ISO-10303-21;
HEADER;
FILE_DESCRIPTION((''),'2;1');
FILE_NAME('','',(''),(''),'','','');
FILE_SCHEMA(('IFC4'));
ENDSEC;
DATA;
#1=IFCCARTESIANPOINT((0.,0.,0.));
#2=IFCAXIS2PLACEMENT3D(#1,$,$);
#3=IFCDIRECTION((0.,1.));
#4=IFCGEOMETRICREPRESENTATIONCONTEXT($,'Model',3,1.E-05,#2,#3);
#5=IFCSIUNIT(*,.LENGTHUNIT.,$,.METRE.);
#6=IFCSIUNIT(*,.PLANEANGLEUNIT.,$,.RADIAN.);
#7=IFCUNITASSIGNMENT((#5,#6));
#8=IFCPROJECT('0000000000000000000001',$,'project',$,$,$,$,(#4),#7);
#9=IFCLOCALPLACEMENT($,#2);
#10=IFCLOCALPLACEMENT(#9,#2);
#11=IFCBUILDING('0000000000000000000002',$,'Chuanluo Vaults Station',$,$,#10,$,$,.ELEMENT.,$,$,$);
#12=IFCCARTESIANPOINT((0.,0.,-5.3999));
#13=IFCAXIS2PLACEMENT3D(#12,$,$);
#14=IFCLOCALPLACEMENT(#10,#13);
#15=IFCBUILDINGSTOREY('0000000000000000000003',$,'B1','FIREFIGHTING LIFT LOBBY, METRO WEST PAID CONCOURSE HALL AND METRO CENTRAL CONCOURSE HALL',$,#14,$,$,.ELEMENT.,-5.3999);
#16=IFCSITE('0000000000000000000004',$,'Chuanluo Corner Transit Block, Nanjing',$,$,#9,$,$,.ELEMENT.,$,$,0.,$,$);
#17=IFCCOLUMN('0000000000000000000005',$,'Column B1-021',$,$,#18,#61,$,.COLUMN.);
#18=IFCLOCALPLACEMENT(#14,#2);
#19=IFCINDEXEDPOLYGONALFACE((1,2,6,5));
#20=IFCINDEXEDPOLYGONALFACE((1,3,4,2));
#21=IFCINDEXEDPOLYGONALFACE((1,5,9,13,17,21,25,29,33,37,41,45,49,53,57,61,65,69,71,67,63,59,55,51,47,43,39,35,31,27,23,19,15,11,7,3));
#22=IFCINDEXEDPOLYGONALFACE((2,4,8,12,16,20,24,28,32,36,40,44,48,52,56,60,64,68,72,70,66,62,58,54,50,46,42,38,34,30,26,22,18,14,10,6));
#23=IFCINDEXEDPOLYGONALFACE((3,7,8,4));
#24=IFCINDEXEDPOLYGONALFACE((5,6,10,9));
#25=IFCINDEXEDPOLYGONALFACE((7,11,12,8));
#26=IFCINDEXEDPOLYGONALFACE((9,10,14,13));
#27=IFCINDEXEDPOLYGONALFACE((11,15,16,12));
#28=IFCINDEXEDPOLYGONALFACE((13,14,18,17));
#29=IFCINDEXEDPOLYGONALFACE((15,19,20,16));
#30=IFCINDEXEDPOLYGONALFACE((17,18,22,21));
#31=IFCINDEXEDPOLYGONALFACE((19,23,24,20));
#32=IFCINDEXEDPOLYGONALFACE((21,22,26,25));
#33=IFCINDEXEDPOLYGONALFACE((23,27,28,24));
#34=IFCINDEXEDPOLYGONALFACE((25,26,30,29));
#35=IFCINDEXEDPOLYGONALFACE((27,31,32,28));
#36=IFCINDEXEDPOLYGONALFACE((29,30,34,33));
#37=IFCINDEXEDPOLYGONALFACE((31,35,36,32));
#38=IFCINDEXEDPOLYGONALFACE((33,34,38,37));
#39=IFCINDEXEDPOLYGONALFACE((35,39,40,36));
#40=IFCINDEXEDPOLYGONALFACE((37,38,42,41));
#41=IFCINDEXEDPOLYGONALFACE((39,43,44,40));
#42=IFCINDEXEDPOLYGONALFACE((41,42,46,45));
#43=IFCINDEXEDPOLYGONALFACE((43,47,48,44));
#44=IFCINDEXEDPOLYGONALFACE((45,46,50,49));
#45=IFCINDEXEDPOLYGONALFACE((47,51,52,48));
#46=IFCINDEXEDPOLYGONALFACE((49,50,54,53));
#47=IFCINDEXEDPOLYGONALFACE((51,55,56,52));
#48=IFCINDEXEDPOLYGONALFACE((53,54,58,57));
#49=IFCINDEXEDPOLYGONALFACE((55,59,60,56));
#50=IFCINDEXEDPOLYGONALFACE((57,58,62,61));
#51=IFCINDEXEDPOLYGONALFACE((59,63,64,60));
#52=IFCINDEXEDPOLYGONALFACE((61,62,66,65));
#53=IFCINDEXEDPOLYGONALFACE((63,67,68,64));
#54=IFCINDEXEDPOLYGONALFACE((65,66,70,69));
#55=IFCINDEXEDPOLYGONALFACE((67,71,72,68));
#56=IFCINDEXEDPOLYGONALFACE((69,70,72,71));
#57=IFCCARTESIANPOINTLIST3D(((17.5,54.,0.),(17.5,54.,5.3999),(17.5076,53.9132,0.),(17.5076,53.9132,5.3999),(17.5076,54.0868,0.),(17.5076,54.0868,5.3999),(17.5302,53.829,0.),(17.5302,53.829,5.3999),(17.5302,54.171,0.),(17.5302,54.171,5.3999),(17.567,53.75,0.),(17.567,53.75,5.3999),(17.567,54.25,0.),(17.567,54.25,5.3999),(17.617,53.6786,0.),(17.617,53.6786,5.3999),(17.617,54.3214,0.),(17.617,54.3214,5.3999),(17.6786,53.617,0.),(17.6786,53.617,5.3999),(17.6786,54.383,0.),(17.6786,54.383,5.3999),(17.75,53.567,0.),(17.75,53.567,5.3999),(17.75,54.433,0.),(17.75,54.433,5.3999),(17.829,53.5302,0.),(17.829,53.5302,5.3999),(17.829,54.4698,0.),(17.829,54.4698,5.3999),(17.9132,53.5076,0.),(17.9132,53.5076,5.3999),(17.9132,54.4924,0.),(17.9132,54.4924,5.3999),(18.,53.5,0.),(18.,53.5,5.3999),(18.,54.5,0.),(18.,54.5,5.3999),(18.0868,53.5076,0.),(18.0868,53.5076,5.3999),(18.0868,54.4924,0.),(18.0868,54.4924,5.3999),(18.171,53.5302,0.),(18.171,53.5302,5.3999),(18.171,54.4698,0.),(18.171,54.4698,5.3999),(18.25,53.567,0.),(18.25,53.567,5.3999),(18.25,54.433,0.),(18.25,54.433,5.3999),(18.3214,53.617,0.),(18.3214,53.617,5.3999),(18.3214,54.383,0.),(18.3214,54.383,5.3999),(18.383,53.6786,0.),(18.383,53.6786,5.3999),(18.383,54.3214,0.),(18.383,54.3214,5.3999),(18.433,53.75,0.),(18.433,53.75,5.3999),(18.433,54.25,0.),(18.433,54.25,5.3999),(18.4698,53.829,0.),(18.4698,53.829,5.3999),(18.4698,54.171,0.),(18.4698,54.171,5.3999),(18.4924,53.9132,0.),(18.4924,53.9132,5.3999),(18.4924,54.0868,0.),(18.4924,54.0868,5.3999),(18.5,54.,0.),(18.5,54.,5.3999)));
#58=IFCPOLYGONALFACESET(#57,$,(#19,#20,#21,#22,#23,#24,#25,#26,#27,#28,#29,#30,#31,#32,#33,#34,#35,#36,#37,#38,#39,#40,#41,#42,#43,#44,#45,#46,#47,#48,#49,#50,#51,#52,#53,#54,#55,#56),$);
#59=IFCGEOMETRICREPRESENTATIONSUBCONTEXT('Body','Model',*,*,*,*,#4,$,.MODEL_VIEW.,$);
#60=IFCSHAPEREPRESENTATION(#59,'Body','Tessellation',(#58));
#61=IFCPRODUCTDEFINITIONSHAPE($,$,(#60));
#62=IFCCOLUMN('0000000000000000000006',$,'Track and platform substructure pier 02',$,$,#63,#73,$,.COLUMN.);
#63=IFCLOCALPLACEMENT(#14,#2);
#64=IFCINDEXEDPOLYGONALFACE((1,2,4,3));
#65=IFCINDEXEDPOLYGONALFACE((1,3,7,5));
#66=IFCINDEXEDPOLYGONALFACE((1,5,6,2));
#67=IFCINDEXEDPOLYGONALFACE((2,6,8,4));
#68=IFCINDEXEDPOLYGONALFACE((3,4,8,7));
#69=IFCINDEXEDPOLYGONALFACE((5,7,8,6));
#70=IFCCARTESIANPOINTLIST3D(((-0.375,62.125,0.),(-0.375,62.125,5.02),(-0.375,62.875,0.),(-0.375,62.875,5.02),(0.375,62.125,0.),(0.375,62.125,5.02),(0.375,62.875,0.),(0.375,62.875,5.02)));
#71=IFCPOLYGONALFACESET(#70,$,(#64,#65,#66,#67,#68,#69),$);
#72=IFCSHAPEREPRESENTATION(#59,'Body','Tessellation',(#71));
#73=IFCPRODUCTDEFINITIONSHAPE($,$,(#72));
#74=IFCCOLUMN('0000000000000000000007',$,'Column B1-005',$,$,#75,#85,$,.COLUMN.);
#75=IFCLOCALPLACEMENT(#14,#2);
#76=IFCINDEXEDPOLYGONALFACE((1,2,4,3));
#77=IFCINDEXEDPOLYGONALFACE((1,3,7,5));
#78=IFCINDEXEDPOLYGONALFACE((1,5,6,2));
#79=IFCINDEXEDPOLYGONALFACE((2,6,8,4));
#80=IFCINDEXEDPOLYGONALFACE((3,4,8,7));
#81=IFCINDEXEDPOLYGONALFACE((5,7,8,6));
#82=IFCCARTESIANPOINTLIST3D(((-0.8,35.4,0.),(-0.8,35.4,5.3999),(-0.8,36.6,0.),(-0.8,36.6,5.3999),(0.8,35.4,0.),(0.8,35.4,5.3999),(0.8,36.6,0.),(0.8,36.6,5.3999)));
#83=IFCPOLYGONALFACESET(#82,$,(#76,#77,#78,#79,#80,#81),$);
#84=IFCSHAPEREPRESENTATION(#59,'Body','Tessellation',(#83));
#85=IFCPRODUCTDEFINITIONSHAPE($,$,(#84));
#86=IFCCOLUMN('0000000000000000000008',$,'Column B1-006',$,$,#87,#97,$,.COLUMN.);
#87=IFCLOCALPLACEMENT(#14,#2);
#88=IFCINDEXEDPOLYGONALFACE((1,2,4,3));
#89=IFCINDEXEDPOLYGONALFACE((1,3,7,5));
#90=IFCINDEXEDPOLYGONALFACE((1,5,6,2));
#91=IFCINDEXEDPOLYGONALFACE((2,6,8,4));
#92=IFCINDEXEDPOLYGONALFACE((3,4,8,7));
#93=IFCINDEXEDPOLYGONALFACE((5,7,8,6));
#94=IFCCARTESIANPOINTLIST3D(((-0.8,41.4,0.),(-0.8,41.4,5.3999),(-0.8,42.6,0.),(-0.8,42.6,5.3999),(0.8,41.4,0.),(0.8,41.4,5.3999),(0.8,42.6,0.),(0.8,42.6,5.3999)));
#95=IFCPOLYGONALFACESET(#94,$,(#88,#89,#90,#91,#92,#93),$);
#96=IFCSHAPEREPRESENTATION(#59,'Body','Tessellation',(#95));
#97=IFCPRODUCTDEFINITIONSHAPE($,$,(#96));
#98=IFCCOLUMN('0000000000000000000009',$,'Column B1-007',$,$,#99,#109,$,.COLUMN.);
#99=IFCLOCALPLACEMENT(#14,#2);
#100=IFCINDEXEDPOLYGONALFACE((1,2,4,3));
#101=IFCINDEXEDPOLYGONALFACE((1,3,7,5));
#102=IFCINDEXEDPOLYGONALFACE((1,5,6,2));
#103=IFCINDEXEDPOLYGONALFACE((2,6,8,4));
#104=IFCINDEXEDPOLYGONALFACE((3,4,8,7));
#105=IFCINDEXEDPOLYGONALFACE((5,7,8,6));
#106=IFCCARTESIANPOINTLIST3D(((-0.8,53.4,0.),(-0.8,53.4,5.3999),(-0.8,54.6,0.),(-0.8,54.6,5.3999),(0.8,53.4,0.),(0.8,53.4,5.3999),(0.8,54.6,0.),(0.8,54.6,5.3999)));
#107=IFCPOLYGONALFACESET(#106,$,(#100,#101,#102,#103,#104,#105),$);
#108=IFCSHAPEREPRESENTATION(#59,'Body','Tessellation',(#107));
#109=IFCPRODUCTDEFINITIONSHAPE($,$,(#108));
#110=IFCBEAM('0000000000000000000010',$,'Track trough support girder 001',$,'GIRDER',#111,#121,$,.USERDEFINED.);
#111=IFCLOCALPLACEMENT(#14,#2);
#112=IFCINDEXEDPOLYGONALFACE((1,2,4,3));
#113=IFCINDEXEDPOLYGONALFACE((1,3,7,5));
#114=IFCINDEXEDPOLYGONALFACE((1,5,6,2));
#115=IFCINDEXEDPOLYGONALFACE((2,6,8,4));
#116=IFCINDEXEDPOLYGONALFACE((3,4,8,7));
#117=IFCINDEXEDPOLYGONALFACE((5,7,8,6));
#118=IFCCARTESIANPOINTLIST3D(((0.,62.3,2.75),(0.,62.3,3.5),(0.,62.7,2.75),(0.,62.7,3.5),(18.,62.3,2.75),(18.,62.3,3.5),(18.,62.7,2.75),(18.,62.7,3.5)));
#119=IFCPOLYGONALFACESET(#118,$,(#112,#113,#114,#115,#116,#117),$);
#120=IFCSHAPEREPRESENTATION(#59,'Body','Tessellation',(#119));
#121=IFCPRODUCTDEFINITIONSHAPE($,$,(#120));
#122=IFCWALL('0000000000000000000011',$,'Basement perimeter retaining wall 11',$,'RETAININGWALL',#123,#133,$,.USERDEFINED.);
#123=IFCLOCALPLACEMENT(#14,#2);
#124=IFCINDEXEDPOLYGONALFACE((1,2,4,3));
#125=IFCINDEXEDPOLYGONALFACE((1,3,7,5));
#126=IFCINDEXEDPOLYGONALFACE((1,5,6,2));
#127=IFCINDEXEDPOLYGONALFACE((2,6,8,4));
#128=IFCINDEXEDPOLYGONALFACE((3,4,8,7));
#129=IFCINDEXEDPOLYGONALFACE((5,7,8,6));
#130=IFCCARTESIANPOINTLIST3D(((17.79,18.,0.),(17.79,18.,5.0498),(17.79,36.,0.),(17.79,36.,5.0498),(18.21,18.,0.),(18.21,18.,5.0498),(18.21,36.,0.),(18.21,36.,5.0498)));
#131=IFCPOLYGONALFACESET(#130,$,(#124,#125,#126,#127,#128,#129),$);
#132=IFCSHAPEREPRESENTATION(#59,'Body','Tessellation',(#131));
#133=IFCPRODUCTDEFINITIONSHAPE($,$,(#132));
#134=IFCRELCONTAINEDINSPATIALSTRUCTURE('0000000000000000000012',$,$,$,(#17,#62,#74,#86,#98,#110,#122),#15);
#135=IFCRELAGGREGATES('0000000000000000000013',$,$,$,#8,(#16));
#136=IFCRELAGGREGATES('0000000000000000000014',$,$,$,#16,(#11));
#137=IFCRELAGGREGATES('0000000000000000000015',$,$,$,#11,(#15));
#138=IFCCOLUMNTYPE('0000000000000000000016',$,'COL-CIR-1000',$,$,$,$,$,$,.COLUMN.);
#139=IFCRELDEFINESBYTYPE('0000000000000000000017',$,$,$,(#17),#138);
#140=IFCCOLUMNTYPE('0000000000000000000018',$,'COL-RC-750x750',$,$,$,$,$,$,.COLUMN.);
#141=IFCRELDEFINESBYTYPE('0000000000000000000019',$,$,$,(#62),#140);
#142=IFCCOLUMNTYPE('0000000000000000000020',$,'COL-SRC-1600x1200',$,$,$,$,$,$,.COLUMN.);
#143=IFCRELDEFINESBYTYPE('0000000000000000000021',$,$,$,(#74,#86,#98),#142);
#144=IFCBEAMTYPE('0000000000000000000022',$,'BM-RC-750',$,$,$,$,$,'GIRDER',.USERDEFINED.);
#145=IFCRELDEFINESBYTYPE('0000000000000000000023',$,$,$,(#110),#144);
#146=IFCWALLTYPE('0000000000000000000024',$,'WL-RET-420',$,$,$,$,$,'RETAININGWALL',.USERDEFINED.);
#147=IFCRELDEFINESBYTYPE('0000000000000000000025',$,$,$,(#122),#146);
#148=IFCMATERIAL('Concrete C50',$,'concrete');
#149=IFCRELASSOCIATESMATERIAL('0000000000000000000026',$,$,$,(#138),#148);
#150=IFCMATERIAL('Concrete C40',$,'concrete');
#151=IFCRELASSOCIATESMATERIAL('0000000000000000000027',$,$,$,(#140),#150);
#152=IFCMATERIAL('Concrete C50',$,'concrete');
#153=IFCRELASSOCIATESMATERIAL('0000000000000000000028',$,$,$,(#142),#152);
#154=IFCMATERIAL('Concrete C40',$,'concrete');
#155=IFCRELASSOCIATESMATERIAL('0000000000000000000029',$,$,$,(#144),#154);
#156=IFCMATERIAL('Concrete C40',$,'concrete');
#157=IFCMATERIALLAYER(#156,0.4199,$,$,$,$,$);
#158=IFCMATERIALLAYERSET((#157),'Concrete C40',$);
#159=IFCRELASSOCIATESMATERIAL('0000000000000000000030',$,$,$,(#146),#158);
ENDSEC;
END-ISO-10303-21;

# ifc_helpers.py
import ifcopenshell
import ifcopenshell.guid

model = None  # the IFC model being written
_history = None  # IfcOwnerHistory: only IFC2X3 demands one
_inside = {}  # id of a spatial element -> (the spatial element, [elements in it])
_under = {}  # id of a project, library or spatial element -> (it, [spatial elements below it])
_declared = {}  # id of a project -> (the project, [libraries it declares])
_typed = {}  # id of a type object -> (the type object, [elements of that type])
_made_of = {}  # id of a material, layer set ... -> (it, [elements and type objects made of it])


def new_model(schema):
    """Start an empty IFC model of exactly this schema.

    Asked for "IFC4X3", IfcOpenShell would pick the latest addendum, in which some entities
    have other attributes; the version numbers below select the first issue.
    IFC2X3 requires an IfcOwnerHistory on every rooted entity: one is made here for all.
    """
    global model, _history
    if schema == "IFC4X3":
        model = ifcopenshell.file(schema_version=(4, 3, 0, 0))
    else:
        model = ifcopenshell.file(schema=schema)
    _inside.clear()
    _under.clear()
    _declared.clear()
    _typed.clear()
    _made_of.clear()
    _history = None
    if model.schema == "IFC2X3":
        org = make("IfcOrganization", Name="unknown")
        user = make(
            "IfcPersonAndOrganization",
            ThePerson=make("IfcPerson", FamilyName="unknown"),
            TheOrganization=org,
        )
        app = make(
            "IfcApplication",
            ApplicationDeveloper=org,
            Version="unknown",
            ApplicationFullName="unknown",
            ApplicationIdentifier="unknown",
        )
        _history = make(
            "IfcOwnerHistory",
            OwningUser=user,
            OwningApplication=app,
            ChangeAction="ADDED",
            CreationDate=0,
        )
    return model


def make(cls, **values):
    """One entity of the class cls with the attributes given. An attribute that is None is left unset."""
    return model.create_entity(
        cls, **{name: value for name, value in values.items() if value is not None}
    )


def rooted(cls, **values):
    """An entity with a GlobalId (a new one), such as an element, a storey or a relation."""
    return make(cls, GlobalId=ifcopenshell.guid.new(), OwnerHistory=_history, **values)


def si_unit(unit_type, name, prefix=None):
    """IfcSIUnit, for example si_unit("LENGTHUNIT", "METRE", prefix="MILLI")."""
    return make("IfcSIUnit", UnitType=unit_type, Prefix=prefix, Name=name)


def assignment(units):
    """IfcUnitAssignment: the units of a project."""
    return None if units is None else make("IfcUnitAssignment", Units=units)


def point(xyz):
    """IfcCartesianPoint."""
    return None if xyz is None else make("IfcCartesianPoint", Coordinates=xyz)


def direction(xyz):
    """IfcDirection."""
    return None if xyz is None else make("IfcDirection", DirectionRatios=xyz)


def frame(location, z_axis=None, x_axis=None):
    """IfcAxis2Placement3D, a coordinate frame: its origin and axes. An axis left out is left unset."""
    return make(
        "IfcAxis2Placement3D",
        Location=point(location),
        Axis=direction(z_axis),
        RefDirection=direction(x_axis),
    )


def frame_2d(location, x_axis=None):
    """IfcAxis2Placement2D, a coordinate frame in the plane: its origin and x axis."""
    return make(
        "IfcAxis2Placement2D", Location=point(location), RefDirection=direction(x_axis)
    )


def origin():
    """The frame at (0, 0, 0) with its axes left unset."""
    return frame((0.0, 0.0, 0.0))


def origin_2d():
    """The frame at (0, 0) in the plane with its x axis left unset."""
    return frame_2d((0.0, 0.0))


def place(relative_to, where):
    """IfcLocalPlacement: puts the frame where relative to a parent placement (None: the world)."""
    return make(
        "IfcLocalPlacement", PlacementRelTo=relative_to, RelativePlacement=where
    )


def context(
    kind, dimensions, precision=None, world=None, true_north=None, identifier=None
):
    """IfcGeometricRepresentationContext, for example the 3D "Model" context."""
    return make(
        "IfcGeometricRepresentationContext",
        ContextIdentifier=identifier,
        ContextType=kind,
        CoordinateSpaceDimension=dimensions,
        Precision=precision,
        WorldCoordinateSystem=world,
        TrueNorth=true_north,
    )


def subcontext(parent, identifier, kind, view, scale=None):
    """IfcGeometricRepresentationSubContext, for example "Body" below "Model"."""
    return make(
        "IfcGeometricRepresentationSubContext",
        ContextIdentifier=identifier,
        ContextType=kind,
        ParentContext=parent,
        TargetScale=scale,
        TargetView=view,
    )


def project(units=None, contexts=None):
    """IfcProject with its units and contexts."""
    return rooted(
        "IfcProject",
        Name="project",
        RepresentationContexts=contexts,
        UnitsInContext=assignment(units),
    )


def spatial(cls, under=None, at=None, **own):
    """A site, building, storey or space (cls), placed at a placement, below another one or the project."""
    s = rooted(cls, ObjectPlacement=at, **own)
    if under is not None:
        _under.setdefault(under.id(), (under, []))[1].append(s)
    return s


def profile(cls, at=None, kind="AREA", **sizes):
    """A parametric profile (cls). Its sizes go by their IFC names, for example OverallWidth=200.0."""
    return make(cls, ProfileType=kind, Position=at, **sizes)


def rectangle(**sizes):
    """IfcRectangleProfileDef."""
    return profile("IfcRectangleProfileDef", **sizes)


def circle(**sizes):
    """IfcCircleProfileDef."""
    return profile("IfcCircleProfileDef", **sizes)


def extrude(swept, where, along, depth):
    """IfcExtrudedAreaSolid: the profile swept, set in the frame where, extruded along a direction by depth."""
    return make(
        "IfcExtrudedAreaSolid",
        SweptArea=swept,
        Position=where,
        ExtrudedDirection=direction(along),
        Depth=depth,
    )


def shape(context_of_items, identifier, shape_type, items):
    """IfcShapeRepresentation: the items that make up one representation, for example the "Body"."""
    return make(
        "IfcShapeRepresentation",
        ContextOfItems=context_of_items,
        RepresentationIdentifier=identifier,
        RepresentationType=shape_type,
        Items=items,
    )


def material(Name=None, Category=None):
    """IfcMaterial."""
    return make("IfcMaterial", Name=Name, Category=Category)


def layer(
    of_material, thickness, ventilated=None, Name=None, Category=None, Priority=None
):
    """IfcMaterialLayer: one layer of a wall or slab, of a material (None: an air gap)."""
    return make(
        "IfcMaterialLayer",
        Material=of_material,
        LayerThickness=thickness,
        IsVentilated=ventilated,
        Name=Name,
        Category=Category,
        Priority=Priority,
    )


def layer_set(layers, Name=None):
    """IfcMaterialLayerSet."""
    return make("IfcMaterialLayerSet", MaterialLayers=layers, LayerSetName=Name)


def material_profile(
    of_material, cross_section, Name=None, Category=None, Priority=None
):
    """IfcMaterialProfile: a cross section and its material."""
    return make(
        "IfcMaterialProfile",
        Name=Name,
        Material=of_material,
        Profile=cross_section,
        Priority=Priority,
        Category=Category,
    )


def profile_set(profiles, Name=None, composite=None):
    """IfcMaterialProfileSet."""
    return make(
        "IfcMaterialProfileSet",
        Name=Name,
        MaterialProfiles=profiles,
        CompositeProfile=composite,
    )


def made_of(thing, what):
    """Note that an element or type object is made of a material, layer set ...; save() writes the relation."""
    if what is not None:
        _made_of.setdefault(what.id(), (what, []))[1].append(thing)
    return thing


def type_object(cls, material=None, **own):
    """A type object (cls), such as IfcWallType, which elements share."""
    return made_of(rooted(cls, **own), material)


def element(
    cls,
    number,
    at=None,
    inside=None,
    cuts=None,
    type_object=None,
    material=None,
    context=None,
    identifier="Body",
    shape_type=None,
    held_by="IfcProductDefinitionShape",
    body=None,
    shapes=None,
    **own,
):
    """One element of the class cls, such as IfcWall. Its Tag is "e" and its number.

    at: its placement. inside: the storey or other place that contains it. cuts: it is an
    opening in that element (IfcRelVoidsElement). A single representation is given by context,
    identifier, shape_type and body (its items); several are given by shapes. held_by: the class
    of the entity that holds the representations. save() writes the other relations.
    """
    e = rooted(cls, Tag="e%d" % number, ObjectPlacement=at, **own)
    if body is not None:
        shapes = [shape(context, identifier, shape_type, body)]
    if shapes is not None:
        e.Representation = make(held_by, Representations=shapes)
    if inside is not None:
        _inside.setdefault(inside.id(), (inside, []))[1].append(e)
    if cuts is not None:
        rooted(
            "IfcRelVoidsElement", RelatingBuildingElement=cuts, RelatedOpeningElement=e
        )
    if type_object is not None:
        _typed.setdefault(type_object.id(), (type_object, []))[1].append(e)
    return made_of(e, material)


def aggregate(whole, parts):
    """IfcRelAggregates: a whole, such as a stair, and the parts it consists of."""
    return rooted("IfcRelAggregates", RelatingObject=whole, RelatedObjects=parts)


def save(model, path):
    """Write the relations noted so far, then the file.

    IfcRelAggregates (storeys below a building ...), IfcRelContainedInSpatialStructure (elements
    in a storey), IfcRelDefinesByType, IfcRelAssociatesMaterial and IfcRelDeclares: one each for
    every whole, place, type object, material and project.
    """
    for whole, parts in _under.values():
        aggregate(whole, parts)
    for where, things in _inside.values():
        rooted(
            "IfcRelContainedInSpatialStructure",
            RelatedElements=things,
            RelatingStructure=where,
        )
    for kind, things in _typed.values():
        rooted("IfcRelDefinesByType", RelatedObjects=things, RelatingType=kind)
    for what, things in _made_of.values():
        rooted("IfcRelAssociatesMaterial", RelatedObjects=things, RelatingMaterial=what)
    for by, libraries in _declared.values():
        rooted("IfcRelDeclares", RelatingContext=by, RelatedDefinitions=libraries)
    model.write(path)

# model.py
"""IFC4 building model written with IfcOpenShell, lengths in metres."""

from ifc_helpers import new_model, si_unit, direction, frame, frame_2d, origin, origin_2d, place, context, subcontext, project, spatial, rectangle, circle, extrude, material, layer, layer_set, material_profile, profile_set, type_object, element, save


model = new_model("IFC4")

# Units and contexts
model_context = context("Model", 3, precision=1e-05, world=origin(), true_north=direction((0.0, 1.0)))
body_context = subcontext(model_context, "Body", "Model", "MODEL_VIEW")
ifc_project = project(units=[si_unit("LENGTHUNIT", "METRE"), si_unit("PLANEANGLEUNIT", "RADIAN")], contexts=[model_context])

# Site, building, storey
site_placement = place(None, origin())
site = spatial("IfcSite", under=ifc_project, at=site_placement, Name="Chuanluo Corner Transit Block, Nanjing", CompositionType="ELEMENT", RefElevation=0.0)
building_placement = place(site_placement, origin())
building = spatial("IfcBuilding", under=site, at=building_placement, Name="Chuanluo Vaults Station", CompositionType="ELEMENT")
storey_placement = place(building_placement, frame((0.0, 0.0, -5.3999)))
storey = spatial("IfcBuildingStorey", under=building, at=storey_placement, Name="B1", Description="FIREFIGHTING LIFT LOBBY, METRO WEST PAID CONCOURSE HALL AND METRO CENTRAL CONCOURSE HALL", CompositionType="ELEMENT", Elevation=-5.3999)

# Columns
ifc_material_1 = material(Name="Concrete C50", Category="concrete")
ifc_material_profile_1 = material_profile(ifc_material_1, circle(Radius=0.5, at=origin_2d()))
ifc_profile_set_1 = profile_set([ifc_material_profile_1], Name="Concrete C50")
column_type_1 = type_object("IfcColumnType", Name="COL-CIR-1000", PredefinedType="COLUMN", material=ifc_profile_set_1)
for number, where, z_axis, x_axis, name in (
    (1, (18.0, 54.0, 0.0), (0.0, 0.0, 1.0), (1.0, 0.0, 0.0), "Column B1-021"),
):
    element("IfcColumn", number, at=place(storey_placement, frame(where, z_axis=z_axis, x_axis=x_axis)), inside=storey, type_object=column_type_1, Name=name, PredefinedType="COLUMN", context=body_context, shape_type="SweptSolid", body=[
        extrude(circle(Radius=0.5, at=origin_2d()), origin(), (0.0, 0.0, 1.0), 5.3999),
    ])
ifc_material_2 = material(Name="Concrete C40", Category="concrete")
ifc_material_profile_2 = material_profile(ifc_material_2, rectangle(XDim=0.75, YDim=0.75, at=origin_2d()))
ifc_profile_set_2 = profile_set([ifc_material_profile_2], Name="Concrete C40")
column_type_2 = type_object("IfcColumnType", Name="COL-RC-750x750", PredefinedType="COLUMN", material=ifc_profile_set_2)
column_placement = place(storey_placement, frame((0.0, 62.5, 0.0), z_axis=(0.0, 0.0, 1.0), x_axis=(1.0, 0.0, 0.0)))
element("IfcColumn", 2, at=column_placement, inside=storey, type_object=column_type_2, Name="Track and platform substructure pier 02", PredefinedType="COLUMN", context=body_context, shape_type="SweptSolid", body=[
    extrude(rectangle(XDim=0.75, YDim=0.75, at=origin_2d()), origin(), (0.0, 0.0, 1.0), 5.02),
])
ifc_material_3 = material(Name="Concrete C50", Category="concrete")
ifc_material_profile_3 = material_profile(ifc_material_3, rectangle(XDim=1.6001, YDim=1.2, at=origin_2d()))
ifc_profile_set_3 = profile_set([ifc_material_profile_3], Name="Concrete C50")
column_type_3 = type_object("IfcColumnType", Name="COL-SRC-1600x1200", PredefinedType="COLUMN", material=ifc_profile_set_3)
for number, where, z_axis, x_axis, name in (
    (3, (0.0, 36.0, 0.0), (0.0, 0.0, 1.0), (1.0, 0.0, 0.0), "Column B1-005"),
    (4, (0.0, 42.0, 0.0), (0.0, 0.0, 1.0), (1.0, 0.0, 0.0), "Column B1-006"),
    (5, (0.0, 54.0, 0.0), (0.0, 0.0, 1.0), (1.0, 0.0, 0.0), "Column B1-007"),
):
    element("IfcColumn", number, at=place(storey_placement, frame(where, z_axis=z_axis, x_axis=x_axis)), inside=storey, type_object=column_type_3, Name=name, PredefinedType="COLUMN", context=body_context, shape_type="SweptSolid", body=[
        extrude(rectangle(XDim=1.6001, YDim=1.2, at=origin_2d()), origin(), (0.0, 0.0, 1.0), 5.3999),
    ])

# Beam
ifc_material_4 = material(Name="Concrete C40", Category="concrete")
ifc_material_profile_4 = material_profile(ifc_material_4, rectangle(XDim=0.3999, YDim=0.75, at=origin_2d()))
ifc_profile_set_4 = profile_set([ifc_material_profile_4], Name="Concrete C40")
beam_type = type_object("IfcBeamType", Name="BM-RC-750", ElementType="GIRDER", PredefinedType="USERDEFINED", material=ifc_profile_set_4)
beam_placement = place(storey_placement, frame((0.0, 62.5, 3.125), z_axis=(1.0, 0.0, 0.0), x_axis=(0.0, 1.0, 0.0)))
element("IfcBeam", 6, at=beam_placement, inside=storey, type_object=beam_type, Name="Track trough support girder 001", ObjectType="GIRDER", PredefinedType="USERDEFINED", context=body_context, shape_type="SweptSolid", body=[
    extrude(rectangle(XDim=0.3999, YDim=0.75, at=origin_2d()), origin(), (0.0, 0.0, 1.0), 18.0),
])

# Wall
ifc_material_5 = material(Name="Concrete C40", Category="concrete")
ifc_layer = layer(ifc_material_5, 0.4199)
ifc_layer_set = layer_set([ifc_layer], Name="Concrete C40")
wall_type = type_object("IfcWallType", Name="WL-RET-420", ElementType="RETAININGWALL", PredefinedType="USERDEFINED", material=ifc_layer_set)
wall_placement = place(storey_placement, frame((18.0, 36.0, 0.0), z_axis=(0.0, 0.0, 1.0), x_axis=(0.0, -1.0, 0.0)))
element("IfcWall", 7, at=wall_placement, inside=storey, type_object=wall_type, Name="Basement perimeter retaining wall 11", ObjectType="RETAININGWALL", PredefinedType="USERDEFINED", context=body_context, shape_type="SweptSolid", body=[
    extrude(rectangle(XDim=18.0, YDim=0.4199, at=frame_2d((9.0, 0.0))), origin(), (0.0, 0.0, 1.0), 5.0498),
])

save(model, "model.ifc")
